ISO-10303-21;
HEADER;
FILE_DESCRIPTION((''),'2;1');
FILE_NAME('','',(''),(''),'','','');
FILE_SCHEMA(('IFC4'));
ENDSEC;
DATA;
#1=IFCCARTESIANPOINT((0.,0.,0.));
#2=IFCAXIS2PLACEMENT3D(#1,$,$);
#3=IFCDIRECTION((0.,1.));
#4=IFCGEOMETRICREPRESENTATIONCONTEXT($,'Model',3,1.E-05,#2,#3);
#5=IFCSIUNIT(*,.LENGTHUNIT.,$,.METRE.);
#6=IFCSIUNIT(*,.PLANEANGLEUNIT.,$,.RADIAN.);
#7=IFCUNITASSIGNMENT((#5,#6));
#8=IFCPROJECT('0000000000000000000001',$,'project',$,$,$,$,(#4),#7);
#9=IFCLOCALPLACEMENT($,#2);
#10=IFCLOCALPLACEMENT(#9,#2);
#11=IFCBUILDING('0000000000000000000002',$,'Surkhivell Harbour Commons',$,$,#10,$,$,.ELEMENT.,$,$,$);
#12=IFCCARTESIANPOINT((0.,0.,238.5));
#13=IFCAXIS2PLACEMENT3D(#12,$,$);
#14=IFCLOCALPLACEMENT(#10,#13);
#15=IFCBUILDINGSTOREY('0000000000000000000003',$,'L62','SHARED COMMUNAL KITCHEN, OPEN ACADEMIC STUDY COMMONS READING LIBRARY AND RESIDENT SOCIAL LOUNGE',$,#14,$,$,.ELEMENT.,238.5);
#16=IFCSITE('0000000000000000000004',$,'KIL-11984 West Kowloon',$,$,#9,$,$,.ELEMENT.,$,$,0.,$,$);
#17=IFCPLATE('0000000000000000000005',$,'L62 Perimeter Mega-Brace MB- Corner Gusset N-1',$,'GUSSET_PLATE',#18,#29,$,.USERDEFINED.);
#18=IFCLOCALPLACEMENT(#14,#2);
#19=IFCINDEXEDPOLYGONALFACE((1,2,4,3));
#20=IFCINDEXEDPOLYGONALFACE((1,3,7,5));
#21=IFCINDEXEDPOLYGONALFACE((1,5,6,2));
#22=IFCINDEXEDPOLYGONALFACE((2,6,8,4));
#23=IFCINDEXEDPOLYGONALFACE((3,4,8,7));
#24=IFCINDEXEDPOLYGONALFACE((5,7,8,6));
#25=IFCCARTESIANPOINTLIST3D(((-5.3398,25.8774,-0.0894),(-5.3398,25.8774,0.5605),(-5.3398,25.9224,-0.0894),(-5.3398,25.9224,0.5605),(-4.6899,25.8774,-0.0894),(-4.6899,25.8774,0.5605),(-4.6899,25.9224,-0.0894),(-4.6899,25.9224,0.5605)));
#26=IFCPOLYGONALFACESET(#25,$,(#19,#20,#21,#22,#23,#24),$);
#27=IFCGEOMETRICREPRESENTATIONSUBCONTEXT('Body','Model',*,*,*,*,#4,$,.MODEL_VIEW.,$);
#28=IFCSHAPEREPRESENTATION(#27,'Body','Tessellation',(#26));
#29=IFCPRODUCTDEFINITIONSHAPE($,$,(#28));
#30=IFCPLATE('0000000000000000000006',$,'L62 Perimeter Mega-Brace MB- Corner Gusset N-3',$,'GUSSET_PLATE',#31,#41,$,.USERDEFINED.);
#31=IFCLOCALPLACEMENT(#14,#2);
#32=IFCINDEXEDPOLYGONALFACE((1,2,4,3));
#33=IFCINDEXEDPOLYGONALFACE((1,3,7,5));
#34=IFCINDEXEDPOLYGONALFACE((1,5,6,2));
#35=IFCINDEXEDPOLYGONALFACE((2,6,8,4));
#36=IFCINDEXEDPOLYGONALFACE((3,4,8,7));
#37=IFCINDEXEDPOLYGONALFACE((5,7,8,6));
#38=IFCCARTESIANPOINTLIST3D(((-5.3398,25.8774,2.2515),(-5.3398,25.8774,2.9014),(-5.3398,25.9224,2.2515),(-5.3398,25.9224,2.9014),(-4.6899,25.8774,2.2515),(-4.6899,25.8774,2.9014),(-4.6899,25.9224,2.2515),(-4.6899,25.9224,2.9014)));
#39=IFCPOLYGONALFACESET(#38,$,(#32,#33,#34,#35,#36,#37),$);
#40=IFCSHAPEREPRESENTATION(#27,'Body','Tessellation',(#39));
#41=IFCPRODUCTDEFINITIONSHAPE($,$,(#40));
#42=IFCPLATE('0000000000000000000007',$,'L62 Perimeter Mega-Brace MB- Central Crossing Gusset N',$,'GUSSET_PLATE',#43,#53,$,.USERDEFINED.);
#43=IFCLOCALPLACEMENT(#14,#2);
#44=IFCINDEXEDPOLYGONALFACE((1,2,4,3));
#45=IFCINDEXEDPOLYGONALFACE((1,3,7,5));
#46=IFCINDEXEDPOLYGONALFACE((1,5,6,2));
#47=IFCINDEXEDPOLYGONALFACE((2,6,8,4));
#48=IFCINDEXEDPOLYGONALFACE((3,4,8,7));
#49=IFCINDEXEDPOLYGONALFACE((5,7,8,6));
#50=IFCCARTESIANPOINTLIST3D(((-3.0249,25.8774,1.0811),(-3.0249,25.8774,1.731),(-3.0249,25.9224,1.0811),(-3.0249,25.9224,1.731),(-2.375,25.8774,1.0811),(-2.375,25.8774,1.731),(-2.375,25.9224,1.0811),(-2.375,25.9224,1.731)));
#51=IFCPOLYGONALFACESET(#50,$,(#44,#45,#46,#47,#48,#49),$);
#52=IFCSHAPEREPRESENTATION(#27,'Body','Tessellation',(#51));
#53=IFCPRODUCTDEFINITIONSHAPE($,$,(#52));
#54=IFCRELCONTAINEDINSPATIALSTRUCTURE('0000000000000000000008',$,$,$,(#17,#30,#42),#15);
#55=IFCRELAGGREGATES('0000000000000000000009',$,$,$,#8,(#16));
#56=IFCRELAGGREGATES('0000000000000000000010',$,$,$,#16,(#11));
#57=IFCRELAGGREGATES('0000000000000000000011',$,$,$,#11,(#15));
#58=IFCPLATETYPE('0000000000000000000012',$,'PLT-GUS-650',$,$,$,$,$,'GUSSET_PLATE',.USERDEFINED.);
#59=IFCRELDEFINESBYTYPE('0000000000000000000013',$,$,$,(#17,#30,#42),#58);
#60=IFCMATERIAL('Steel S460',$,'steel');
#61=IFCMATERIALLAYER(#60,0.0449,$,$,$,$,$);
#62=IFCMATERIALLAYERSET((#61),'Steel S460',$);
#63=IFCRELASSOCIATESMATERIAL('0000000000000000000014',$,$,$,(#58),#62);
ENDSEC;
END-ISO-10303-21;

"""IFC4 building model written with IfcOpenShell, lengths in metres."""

from ifc_helpers import new_model, si_unit, direction, frame, origin, origin_2d, place, context, subcontext, project, spatial, rectangle, extrude, material, layer, layer_set, type_object, element, save


model = new_model("IFC4")

# Units and contexts
model_context = context("Model", 3, precision=1e-05, world=origin(), true_north=direction((0.0, 1.0)))
body_context = subcontext(model_context, "Body", "Model", "MODEL_VIEW")
ifc_project = project(units=[si_unit("LENGTHUNIT", "METRE"), si_unit("PLANEANGLEUNIT", "RADIAN")], contexts=[model_context])

# Site, building, storey
site_placement = place(None, origin())
site = spatial("IfcSite", under=ifc_project, at=site_placement, Name="KIL-11984 West Kowloon", CompositionType="ELEMENT", RefElevation=0.0)
building_placement = place(site_placement, origin())
building = spatial("IfcBuilding", under=site, at=building_placement, Name="Surkhivell Harbour Commons", CompositionType="ELEMENT")
storey_placement = place(building_placement, frame((0.0, 0.0, 238.5)))
storey = spatial("IfcBuildingStorey", under=building, at=storey_placement, Name="L62", Description="SHARED COMMUNAL KITCHEN, OPEN ACADEMIC STUDY COMMONS READING LIBRARY AND RESIDENT SOCIAL LOUNGE", CompositionType="ELEMENT", Elevation=238.5)

# Shared definitions
ifc_material_1 = material(Name="Steel S460", Category="steel")

# Plates
ifc_layer_1 = layer(ifc_material_1, 0.0449)
ifc_layer_set_1 = layer_set([ifc_layer_1], Name="Steel S460")
plate_type_1 = type_object("IfcPlateType", Name="PLT-GUS-650", ElementType="GUSSET_PLATE", PredefinedType="USERDEFINED", material=ifc_layer_set_1)
for number, where, z_axis, x_axis, name in (
    (1, (-5.0149, 25.8999, -0.0894), (0.0, 0.0, 1.0), (1.0, 0.0, 0.0), "L62 Perimeter Mega-Brace MB- Corner Gusset N-1"),
    (2, (-5.0149, 25.8999, 2.2515), (0.0, 0.0, 1.0), (1.0, 0.0, 0.0), "L62 Perimeter Mega-Brace MB- Corner Gusset N-3"),
    (3, (-2.7, 25.8999, 1.0811), (0.0, 0.0, 1.0), (1.0, 0.0, 0.0), "L62 Perimeter Mega-Brace MB- Central Crossing Gusset N"),
):
    element("IfcPlate", number, at=place(storey_placement, frame(where, z_axis=z_axis, x_axis=x_axis)), inside=storey, type_object=plate_type_1, Name=name, ObjectType="GUSSET_PLATE", PredefinedType="USERDEFINED", context=body_context, shape_type="SweptSolid", body=[
        extrude(rectangle(XDim=0.6499, YDim=0.0449, at=origin_2d()), origin(), (0.0, 0.0, 1.0), 0.6499),
    ])

save(model, "model.ifc")
